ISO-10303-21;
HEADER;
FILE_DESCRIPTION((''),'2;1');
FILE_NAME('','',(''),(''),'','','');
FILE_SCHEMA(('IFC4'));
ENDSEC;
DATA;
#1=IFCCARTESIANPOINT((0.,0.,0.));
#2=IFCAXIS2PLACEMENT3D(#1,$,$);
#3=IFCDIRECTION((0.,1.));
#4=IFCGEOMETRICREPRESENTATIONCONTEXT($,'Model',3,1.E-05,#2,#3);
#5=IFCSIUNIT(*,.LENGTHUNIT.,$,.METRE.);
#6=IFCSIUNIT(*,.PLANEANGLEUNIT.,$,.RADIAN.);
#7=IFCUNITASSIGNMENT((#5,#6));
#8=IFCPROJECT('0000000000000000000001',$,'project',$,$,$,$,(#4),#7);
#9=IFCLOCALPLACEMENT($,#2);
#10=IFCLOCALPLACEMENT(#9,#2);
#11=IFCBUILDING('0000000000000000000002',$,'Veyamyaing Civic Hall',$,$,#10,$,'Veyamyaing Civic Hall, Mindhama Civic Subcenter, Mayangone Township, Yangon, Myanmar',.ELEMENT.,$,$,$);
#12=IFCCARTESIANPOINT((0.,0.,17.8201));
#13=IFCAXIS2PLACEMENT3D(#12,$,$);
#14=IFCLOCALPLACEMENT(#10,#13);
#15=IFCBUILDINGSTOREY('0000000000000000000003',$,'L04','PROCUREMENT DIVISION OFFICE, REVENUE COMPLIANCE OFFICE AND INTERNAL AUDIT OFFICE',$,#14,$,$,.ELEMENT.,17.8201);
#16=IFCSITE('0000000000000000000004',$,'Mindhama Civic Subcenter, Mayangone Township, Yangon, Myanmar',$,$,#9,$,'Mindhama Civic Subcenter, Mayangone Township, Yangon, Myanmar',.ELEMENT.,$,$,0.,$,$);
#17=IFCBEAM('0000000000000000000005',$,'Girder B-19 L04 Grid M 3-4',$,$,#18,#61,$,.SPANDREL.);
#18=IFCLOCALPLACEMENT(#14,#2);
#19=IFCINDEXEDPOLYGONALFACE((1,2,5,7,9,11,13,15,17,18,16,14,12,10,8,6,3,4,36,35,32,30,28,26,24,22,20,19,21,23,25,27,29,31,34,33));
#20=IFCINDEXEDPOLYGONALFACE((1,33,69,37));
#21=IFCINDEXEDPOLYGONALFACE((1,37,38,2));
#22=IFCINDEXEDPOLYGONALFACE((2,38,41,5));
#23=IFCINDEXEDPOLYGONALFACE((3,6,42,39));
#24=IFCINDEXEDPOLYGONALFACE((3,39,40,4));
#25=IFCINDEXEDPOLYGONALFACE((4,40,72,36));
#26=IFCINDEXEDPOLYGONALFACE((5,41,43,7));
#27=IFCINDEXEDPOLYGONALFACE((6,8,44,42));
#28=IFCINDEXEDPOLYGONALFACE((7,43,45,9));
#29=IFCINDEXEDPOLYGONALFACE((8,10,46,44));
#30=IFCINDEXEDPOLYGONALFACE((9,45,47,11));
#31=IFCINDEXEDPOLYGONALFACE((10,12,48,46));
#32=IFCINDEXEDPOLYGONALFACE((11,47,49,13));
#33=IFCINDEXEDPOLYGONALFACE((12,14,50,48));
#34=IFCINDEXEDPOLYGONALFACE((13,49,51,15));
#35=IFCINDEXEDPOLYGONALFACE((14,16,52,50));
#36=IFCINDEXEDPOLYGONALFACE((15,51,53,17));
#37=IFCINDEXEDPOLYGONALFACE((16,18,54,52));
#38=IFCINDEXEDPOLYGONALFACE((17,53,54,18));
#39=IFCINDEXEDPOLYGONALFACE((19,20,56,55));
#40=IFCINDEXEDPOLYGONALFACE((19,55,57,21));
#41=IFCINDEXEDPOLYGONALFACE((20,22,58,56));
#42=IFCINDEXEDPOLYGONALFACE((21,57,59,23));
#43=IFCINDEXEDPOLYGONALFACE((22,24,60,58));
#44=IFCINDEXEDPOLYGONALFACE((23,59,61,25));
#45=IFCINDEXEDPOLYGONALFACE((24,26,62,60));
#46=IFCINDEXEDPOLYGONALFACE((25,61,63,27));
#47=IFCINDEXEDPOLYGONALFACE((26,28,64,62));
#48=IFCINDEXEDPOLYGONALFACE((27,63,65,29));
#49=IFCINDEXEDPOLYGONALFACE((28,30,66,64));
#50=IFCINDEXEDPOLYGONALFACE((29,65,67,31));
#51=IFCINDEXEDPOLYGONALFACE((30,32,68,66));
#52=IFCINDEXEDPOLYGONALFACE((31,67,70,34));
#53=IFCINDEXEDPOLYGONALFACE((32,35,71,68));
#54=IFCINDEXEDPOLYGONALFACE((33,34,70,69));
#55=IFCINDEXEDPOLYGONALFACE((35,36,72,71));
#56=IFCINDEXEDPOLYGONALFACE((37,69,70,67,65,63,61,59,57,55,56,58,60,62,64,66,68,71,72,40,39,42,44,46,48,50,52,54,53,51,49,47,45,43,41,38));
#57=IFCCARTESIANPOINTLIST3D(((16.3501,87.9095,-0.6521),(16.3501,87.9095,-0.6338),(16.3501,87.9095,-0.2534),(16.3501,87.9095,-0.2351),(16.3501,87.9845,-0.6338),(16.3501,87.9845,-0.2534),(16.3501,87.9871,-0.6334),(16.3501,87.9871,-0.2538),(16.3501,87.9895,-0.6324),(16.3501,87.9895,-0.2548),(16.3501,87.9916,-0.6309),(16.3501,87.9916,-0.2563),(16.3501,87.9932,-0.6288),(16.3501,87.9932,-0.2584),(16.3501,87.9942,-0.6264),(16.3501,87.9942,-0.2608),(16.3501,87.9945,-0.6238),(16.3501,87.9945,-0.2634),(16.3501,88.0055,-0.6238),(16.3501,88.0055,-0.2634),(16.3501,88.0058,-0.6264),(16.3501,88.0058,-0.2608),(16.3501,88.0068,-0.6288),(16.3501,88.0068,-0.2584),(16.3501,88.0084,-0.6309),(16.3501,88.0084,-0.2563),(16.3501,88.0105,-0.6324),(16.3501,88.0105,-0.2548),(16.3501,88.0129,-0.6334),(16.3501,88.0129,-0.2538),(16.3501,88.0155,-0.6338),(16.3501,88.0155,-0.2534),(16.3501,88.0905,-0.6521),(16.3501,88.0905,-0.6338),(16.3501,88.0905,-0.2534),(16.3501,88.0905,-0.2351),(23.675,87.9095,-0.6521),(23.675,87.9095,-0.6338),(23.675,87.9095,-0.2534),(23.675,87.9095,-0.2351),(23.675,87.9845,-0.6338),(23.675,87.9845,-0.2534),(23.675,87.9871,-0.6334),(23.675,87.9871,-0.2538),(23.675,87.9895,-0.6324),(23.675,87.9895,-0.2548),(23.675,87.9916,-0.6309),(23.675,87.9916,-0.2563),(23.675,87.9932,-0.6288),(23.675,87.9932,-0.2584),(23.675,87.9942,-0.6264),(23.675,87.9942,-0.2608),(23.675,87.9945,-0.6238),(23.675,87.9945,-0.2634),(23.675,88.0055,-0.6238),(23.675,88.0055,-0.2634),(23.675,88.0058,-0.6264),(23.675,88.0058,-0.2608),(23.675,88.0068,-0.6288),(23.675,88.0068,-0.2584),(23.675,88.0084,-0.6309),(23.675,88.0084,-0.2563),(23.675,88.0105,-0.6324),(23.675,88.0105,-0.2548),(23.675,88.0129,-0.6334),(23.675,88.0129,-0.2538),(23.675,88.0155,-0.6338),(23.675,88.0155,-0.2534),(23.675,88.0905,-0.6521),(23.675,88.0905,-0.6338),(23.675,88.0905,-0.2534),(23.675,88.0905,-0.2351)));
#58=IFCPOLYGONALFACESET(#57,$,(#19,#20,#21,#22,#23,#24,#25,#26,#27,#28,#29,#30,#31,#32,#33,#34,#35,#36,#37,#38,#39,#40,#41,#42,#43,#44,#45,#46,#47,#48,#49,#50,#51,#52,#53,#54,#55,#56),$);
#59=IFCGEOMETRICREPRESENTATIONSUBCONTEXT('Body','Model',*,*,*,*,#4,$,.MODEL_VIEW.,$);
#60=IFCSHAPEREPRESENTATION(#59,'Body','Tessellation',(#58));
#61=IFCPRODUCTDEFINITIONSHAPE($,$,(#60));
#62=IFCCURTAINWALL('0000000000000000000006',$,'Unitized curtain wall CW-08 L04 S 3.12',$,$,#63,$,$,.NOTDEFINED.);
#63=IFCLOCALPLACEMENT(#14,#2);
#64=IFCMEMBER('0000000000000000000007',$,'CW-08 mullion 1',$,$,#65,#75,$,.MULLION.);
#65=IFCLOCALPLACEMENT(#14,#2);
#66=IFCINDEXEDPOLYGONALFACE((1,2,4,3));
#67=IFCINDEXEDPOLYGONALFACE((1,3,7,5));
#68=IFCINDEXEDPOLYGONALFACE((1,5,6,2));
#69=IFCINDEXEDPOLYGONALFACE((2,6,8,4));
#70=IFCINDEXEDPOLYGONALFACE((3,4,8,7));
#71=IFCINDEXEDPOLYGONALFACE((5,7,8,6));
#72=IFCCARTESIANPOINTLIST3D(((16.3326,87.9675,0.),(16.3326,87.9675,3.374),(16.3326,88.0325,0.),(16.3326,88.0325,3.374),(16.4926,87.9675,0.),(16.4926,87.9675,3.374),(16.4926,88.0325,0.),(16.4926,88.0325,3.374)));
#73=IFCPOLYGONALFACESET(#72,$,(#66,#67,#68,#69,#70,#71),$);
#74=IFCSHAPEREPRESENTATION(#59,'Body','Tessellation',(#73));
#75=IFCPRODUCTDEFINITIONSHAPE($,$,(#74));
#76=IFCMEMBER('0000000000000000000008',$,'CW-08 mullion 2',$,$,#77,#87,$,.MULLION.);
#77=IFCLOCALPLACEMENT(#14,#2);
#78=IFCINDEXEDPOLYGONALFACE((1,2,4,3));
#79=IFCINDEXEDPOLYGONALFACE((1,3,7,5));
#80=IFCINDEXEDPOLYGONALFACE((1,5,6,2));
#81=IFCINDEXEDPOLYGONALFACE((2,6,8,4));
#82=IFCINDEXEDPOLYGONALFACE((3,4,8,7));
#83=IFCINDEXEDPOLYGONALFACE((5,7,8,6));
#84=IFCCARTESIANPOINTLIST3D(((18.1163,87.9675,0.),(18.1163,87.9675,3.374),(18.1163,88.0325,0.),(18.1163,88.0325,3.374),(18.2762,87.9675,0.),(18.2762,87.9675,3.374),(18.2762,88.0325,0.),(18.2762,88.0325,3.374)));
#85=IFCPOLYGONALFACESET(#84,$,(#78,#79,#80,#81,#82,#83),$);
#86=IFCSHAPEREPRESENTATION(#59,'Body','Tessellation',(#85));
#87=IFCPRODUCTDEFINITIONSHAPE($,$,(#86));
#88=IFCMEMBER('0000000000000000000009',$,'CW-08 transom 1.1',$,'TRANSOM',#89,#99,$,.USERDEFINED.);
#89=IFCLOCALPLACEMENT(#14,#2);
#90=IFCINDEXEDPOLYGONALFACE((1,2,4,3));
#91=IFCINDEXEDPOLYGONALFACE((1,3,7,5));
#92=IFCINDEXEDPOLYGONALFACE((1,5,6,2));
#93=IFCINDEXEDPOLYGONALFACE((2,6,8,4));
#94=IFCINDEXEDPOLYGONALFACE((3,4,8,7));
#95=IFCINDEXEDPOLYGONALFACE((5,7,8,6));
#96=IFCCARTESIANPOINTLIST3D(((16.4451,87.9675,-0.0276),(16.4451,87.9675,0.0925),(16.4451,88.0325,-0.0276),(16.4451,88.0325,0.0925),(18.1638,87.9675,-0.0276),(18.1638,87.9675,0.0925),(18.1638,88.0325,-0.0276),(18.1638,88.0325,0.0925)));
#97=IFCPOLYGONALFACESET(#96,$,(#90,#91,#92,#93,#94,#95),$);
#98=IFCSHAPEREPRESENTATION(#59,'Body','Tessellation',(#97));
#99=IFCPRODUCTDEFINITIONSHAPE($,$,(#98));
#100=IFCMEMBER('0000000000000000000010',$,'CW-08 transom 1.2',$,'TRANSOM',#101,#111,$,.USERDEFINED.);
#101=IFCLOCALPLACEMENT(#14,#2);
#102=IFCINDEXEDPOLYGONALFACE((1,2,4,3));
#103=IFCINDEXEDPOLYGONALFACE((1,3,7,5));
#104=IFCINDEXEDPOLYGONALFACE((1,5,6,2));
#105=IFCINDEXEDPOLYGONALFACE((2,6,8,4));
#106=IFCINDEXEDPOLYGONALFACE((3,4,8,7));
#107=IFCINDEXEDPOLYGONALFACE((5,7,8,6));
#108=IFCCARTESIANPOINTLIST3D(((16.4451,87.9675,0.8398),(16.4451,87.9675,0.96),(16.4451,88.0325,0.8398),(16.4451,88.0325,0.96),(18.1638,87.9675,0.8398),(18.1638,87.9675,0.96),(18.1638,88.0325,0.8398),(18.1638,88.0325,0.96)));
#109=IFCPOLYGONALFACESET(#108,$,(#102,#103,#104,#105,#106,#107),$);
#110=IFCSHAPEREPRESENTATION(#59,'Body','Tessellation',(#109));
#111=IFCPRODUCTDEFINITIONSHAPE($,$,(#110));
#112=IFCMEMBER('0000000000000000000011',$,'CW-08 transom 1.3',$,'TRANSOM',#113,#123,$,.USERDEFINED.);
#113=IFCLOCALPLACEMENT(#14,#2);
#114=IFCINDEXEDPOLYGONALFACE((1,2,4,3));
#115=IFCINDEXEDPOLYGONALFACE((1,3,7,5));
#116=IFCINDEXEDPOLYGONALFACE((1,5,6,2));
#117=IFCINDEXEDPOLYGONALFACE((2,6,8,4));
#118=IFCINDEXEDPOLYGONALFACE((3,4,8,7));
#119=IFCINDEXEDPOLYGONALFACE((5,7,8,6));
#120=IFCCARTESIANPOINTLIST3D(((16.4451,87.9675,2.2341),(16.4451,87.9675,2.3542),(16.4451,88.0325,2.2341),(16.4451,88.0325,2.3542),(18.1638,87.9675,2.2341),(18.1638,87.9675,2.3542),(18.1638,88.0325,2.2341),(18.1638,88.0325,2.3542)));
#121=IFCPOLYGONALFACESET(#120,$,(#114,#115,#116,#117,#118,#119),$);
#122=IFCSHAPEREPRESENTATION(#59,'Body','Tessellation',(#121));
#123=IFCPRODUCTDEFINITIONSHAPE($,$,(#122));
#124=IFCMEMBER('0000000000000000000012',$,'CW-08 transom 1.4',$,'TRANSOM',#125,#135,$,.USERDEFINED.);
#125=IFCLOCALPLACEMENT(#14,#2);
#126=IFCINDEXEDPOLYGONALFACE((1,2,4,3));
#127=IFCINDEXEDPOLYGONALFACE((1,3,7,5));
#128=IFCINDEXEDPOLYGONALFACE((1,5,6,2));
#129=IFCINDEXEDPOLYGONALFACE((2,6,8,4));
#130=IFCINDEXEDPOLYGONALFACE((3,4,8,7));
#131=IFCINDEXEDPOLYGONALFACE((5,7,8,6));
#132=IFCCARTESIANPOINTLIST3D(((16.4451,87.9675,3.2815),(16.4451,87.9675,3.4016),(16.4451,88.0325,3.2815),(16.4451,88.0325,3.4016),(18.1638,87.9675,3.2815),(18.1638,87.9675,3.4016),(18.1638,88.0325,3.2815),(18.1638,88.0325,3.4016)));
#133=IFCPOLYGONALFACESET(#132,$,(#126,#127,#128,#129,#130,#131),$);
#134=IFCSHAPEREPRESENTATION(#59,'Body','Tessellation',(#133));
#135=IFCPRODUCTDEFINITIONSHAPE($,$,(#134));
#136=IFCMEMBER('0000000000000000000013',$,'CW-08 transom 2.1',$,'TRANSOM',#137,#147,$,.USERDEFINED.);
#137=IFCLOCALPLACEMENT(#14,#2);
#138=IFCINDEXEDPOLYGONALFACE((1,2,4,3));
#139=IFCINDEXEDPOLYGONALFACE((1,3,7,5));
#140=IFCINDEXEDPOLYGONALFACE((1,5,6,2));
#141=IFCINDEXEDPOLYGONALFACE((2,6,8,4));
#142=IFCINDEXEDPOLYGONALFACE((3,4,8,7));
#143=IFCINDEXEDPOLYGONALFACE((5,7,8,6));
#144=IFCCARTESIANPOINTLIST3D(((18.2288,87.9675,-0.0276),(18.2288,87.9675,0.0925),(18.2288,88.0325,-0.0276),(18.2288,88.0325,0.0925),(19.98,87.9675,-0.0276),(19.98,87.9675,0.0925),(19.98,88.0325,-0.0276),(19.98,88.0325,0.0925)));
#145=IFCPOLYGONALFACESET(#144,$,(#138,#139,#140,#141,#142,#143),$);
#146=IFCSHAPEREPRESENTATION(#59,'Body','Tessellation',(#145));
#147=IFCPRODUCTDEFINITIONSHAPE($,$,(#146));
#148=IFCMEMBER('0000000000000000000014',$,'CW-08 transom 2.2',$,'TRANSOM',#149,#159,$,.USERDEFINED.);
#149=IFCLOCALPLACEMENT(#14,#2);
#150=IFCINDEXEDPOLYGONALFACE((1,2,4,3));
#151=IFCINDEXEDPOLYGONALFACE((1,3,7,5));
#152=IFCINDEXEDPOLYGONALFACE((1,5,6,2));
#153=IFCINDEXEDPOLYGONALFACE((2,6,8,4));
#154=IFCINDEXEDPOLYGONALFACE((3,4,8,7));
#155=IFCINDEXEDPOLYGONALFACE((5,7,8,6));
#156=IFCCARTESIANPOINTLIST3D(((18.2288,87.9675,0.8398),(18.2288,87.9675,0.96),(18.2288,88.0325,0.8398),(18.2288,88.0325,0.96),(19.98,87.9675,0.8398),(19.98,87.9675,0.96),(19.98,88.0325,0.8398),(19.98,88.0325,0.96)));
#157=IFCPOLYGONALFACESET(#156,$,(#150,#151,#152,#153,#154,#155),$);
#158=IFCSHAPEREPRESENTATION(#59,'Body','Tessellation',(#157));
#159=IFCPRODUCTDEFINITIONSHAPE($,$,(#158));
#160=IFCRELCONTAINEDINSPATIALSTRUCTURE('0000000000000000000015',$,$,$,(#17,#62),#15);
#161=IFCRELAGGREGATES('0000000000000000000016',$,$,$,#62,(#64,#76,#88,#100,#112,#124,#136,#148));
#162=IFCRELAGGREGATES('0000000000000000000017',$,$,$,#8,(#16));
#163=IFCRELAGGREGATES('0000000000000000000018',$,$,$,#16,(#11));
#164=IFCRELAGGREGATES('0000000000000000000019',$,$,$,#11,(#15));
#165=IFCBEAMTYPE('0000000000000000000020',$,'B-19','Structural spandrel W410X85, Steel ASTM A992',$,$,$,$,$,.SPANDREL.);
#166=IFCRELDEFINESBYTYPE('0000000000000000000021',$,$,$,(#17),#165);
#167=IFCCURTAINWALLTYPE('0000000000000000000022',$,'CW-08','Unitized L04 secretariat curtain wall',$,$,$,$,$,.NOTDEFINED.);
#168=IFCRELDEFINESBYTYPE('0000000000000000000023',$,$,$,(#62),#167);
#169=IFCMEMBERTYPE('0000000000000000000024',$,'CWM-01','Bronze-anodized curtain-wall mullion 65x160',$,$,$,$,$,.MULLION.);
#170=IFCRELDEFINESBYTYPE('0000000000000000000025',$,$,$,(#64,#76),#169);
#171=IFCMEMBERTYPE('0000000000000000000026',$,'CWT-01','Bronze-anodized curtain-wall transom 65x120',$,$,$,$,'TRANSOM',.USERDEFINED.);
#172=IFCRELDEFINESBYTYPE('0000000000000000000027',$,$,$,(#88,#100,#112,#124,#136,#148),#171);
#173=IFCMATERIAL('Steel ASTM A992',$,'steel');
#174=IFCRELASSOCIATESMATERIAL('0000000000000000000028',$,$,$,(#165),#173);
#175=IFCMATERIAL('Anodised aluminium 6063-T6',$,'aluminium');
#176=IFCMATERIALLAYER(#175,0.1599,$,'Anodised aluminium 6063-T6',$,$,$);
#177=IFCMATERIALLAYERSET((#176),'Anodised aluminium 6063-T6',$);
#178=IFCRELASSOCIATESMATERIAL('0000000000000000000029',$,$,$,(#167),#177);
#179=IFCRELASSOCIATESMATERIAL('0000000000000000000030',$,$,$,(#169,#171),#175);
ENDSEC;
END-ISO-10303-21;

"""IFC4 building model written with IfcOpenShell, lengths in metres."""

from ifc_helpers import new_model, si_unit, direction, frame, origin, origin_2d, place, context, subcontext, project, spatial, rectangle, i_section, extrude, material, layer, layer_set, material_profile, profile_set, type_object, element, aggregate, save


model = new_model("IFC4")

# Units and contexts
model_context = context("Model", 3, precision=1e-05, world=origin(), true_north=direction((0.0, 1.0)))
body_context = subcontext(model_context, "Body", "Model", "MODEL_VIEW")
ifc_project = project(units=[si_unit("LENGTHUNIT", "METRE"), si_unit("PLANEANGLEUNIT", "RADIAN")], contexts=[model_context])

# Site, building, storey
site_placement = place(None, origin())
site = spatial("IfcSite", under=ifc_project, at=site_placement, Name="Mindhama Civic Subcenter, Mayangone Township, Yangon, Myanmar", LongName="Mindhama Civic Subcenter, Mayangone Township, Yangon, Myanmar", CompositionType="ELEMENT", RefElevation=0.0)
building_placement = place(site_placement, origin())
building = spatial("IfcBuilding", under=site, at=building_placement, Name="Veyamyaing Civic Hall", LongName="Veyamyaing Civic Hall, Mindhama Civic Subcenter, Mayangone Township, Yangon, Myanmar", CompositionType="ELEMENT")
storey_placement = place(building_placement, frame((0.0, 0.0, 17.8201)))
storey = spatial("IfcBuildingStorey", under=building, at=storey_placement, Name="L04", Description="PROCUREMENT DIVISION OFFICE, REVENUE COMPLIANCE OFFICE AND INTERNAL AUDIT OFFICE", CompositionType="ELEMENT", Elevation=17.8201)

# Beam
ifc_material_1 = material(Name="Steel ASTM A992", Category="steel")
ifc_material_profile_1 = material_profile(ifc_material_1, i_section(OverallWidth=0.1809, OverallDepth=0.417, WebThickness=0.011, FlangeThickness=0.0183, FilletRadius=0.01, at=origin_2d()), Name="W410X85")
ifc_profile_set_1 = profile_set([ifc_material_profile_1], Name="Steel ASTM A992")
beam_type_1 = type_object("IfcBeamType", Name="B-19", Description="Structural spandrel W410X85, Steel ASTM A992", PredefinedType="SPANDREL", material=ifc_profile_set_1)
beam_1_placement = place(storey_placement, frame((16.3501, 88.0, -0.4436), z_axis=(1.0, 0.0, 0.0), x_axis=(0.0, 1.0, 0.0)))
element("IfcBeam", 1, at=beam_1_placement, inside=storey, type_object=beam_type_1, Name="Girder B-19 L04 Grid M 3-4", PredefinedType="SPANDREL", context=body_context, shape_type="SweptSolid", body=[
    extrude(i_section(OverallWidth=0.1809, OverallDepth=0.417, WebThickness=0.011, FlangeThickness=0.0183, FilletRadius=0.01, at=origin_2d()), origin(), (0.0, 0.0, 1.0), 7.325),
])

# Curtain wall, members
ifc_material_2 = material(Name="Anodised aluminium 6063-T6", Category="aluminium")
ifc_layer_1 = layer(ifc_material_2, 0.1599, Name="Anodised aluminium 6063-T6")
ifc_layer_set_1 = layer_set([ifc_layer_1], Name="Anodised aluminium 6063-T6")
curtain_wall_type = type_object("IfcCurtainWallType", Name="CW-08", Description="Unitized L04 secretariat curtain wall", PredefinedType="NOTDEFINED", material=ifc_layer_set_1)
curtain_wall_placement = place(storey_placement, origin())
curtain_wall = element("IfcCurtainWall", 2, at=curtain_wall_placement, inside=storey, type_object=curtain_wall_type, Name="Unitized curtain wall CW-08 L04 S 3.12", PredefinedType="NOTDEFINED")
ifc_material_profile_2 = material_profile(ifc_material_2, rectangle(XDim=0.0649, YDim=0.1599, at=origin_2d()), Name="ALU-MUL-65X160")
ifc_profile_set_2 = profile_set([ifc_material_profile_2], Name="Anodised aluminium 6063-T6")
member_type_1 = type_object("IfcMemberType", Name="CWM-01", Description="Bronze-anodized curtain-wall mullion 65x160", PredefinedType="MULLION", material=ifc_profile_set_2)
member_1_placement = place(storey_placement, frame((16.4126, 88.0, 0.0), z_axis=(0.0, 0.0, 1.0), x_axis=(0.0, 1.0, 0.0)))
member_1 = element("IfcMember", 3, at=member_1_placement, type_object=member_type_1, Name="CW-08 mullion 1", PredefinedType="MULLION", context=body_context, shape_type="SweptSolid", body=[
    extrude(rectangle(XDim=0.0649, YDim=0.1599, at=origin_2d()), origin(), (0.0, 0.0, 1.0), 3.374),
])
member_2_placement = place(storey_placement, frame((18.1963, 88.0, 0.0), z_axis=(0.0, 0.0, 1.0), x_axis=(0.0, 1.0, 0.0)))
member_2 = element("IfcMember", 4, at=member_2_placement, type_object=member_type_1, Name="CW-08 mullion 2", PredefinedType="MULLION", context=body_context, shape_type="SweptSolid", body=[
    extrude(rectangle(XDim=0.0649, YDim=0.1599, at=origin_2d()), origin(), (0.0, 0.0, 1.0), 3.374),
])
ifc_material_profile_3 = material_profile(ifc_material_2, rectangle(XDim=0.0649, YDim=0.1201, at=origin_2d()), Name="ALU-TRN-65X120")
ifc_profile_set_3 = profile_set([ifc_material_profile_3], Name="Anodised aluminium 6063-T6")
member_type_2 = type_object("IfcMemberType", Name="CWT-01", Description="Bronze-anodized curtain-wall transom 65x120", ElementType="TRANSOM", PredefinedType="USERDEFINED", material=ifc_profile_set_3)
member_3_placement = place(storey_placement, frame((16.4451, 88.0, 0.0325), z_axis=(1.0, 0.0, 0.0), x_axis=(0.0, 1.0, 0.0)))
member_3 = element("IfcMember", 5, at=member_3_placement, type_object=member_type_2, Name="CW-08 transom 1.1", ObjectType="TRANSOM", PredefinedType="USERDEFINED", context=body_context, shape_type="SweptSolid", body=[
    extrude(rectangle(XDim=0.0649, YDim=0.1201, at=origin_2d()), origin(), (0.0, 0.0, 1.0), 1.7188),
])
member_4_placement = place(storey_placement, frame((16.4451, 88.0, 0.8999), z_axis=(1.0, 0.0, 0.0), x_axis=(0.0, 1.0, 0.0)))
member_4 = element("IfcMember", 6, at=member_4_placement, type_object=member_type_2, Name="CW-08 transom 1.2", ObjectType="TRANSOM", PredefinedType="USERDEFINED", context=body_context, shape_type="SweptSolid", body=[
    extrude(rectangle(XDim=0.0649, YDim=0.1201, at=origin_2d()), origin(), (0.0, 0.0, 1.0), 1.7188),
])
member_5_placement = place(storey_placement, frame((16.4451, 88.0, 2.2942), z_axis=(1.0, 0.0, 0.0), x_axis=(0.0, 1.0, 0.0)))
member_5 = element("IfcMember", 7, at=member_5_placement, type_object=member_type_2, Name="CW-08 transom 1.3", ObjectType="TRANSOM", PredefinedType="USERDEFINED", context=body_context, shape_type="SweptSolid", body=[
    extrude(rectangle(XDim=0.0649, YDim=0.1201, at=origin_2d()), origin(), (0.0, 0.0, 1.0), 1.7188),
])
member_6_placement = place(storey_placement, frame((16.4451, 88.0, 3.3416), z_axis=(1.0, 0.0, 0.0), x_axis=(0.0, 1.0, 0.0)))
member_6 = element("IfcMember", 8, at=member_6_placement, type_object=member_type_2, Name="CW-08 transom 1.4", ObjectType="TRANSOM", PredefinedType="USERDEFINED", context=body_context, shape_type="SweptSolid", body=[
    extrude(rectangle(XDim=0.0649, YDim=0.1201, at=origin_2d()), origin(), (0.0, 0.0, 1.0), 1.7188),
])
member_7_placement = place(storey_placement, frame((18.2288, 88.0, 0.0325), z_axis=(1.0, 0.0, 0.0), x_axis=(0.0, 1.0, 0.0)))
member_7 = element("IfcMember", 9, at=member_7_placement, type_object=member_type_2, Name="CW-08 transom 2.1", ObjectType="TRANSOM", PredefinedType="USERDEFINED", context=body_context, shape_type="SweptSolid", body=[
    extrude(rectangle(XDim=0.0649, YDim=0.1201, at=origin_2d()), origin(), (0.0, 0.0, 1.0), 1.7512),
])
member_8_placement = place(storey_placement, frame((18.2288, 88.0, 0.8999), z_axis=(1.0, 0.0, 0.0), x_axis=(0.0, 1.0, 0.0)))
member_8 = element("IfcMember", 10, at=member_8_placement, type_object=member_type_2, Name="CW-08 transom 2.2", ObjectType="TRANSOM", PredefinedType="USERDEFINED", context=body_context, shape_type="SweptSolid", body=[
    extrude(rectangle(XDim=0.0649, YDim=0.1201, at=origin_2d()), origin(), (0.0, 0.0, 1.0), 1.7512),
])

aggregate(curtain_wall, [member_1, member_2, member_3, member_4, member_5, member_6, member_7, member_8])

save(model, "model.ifc")
